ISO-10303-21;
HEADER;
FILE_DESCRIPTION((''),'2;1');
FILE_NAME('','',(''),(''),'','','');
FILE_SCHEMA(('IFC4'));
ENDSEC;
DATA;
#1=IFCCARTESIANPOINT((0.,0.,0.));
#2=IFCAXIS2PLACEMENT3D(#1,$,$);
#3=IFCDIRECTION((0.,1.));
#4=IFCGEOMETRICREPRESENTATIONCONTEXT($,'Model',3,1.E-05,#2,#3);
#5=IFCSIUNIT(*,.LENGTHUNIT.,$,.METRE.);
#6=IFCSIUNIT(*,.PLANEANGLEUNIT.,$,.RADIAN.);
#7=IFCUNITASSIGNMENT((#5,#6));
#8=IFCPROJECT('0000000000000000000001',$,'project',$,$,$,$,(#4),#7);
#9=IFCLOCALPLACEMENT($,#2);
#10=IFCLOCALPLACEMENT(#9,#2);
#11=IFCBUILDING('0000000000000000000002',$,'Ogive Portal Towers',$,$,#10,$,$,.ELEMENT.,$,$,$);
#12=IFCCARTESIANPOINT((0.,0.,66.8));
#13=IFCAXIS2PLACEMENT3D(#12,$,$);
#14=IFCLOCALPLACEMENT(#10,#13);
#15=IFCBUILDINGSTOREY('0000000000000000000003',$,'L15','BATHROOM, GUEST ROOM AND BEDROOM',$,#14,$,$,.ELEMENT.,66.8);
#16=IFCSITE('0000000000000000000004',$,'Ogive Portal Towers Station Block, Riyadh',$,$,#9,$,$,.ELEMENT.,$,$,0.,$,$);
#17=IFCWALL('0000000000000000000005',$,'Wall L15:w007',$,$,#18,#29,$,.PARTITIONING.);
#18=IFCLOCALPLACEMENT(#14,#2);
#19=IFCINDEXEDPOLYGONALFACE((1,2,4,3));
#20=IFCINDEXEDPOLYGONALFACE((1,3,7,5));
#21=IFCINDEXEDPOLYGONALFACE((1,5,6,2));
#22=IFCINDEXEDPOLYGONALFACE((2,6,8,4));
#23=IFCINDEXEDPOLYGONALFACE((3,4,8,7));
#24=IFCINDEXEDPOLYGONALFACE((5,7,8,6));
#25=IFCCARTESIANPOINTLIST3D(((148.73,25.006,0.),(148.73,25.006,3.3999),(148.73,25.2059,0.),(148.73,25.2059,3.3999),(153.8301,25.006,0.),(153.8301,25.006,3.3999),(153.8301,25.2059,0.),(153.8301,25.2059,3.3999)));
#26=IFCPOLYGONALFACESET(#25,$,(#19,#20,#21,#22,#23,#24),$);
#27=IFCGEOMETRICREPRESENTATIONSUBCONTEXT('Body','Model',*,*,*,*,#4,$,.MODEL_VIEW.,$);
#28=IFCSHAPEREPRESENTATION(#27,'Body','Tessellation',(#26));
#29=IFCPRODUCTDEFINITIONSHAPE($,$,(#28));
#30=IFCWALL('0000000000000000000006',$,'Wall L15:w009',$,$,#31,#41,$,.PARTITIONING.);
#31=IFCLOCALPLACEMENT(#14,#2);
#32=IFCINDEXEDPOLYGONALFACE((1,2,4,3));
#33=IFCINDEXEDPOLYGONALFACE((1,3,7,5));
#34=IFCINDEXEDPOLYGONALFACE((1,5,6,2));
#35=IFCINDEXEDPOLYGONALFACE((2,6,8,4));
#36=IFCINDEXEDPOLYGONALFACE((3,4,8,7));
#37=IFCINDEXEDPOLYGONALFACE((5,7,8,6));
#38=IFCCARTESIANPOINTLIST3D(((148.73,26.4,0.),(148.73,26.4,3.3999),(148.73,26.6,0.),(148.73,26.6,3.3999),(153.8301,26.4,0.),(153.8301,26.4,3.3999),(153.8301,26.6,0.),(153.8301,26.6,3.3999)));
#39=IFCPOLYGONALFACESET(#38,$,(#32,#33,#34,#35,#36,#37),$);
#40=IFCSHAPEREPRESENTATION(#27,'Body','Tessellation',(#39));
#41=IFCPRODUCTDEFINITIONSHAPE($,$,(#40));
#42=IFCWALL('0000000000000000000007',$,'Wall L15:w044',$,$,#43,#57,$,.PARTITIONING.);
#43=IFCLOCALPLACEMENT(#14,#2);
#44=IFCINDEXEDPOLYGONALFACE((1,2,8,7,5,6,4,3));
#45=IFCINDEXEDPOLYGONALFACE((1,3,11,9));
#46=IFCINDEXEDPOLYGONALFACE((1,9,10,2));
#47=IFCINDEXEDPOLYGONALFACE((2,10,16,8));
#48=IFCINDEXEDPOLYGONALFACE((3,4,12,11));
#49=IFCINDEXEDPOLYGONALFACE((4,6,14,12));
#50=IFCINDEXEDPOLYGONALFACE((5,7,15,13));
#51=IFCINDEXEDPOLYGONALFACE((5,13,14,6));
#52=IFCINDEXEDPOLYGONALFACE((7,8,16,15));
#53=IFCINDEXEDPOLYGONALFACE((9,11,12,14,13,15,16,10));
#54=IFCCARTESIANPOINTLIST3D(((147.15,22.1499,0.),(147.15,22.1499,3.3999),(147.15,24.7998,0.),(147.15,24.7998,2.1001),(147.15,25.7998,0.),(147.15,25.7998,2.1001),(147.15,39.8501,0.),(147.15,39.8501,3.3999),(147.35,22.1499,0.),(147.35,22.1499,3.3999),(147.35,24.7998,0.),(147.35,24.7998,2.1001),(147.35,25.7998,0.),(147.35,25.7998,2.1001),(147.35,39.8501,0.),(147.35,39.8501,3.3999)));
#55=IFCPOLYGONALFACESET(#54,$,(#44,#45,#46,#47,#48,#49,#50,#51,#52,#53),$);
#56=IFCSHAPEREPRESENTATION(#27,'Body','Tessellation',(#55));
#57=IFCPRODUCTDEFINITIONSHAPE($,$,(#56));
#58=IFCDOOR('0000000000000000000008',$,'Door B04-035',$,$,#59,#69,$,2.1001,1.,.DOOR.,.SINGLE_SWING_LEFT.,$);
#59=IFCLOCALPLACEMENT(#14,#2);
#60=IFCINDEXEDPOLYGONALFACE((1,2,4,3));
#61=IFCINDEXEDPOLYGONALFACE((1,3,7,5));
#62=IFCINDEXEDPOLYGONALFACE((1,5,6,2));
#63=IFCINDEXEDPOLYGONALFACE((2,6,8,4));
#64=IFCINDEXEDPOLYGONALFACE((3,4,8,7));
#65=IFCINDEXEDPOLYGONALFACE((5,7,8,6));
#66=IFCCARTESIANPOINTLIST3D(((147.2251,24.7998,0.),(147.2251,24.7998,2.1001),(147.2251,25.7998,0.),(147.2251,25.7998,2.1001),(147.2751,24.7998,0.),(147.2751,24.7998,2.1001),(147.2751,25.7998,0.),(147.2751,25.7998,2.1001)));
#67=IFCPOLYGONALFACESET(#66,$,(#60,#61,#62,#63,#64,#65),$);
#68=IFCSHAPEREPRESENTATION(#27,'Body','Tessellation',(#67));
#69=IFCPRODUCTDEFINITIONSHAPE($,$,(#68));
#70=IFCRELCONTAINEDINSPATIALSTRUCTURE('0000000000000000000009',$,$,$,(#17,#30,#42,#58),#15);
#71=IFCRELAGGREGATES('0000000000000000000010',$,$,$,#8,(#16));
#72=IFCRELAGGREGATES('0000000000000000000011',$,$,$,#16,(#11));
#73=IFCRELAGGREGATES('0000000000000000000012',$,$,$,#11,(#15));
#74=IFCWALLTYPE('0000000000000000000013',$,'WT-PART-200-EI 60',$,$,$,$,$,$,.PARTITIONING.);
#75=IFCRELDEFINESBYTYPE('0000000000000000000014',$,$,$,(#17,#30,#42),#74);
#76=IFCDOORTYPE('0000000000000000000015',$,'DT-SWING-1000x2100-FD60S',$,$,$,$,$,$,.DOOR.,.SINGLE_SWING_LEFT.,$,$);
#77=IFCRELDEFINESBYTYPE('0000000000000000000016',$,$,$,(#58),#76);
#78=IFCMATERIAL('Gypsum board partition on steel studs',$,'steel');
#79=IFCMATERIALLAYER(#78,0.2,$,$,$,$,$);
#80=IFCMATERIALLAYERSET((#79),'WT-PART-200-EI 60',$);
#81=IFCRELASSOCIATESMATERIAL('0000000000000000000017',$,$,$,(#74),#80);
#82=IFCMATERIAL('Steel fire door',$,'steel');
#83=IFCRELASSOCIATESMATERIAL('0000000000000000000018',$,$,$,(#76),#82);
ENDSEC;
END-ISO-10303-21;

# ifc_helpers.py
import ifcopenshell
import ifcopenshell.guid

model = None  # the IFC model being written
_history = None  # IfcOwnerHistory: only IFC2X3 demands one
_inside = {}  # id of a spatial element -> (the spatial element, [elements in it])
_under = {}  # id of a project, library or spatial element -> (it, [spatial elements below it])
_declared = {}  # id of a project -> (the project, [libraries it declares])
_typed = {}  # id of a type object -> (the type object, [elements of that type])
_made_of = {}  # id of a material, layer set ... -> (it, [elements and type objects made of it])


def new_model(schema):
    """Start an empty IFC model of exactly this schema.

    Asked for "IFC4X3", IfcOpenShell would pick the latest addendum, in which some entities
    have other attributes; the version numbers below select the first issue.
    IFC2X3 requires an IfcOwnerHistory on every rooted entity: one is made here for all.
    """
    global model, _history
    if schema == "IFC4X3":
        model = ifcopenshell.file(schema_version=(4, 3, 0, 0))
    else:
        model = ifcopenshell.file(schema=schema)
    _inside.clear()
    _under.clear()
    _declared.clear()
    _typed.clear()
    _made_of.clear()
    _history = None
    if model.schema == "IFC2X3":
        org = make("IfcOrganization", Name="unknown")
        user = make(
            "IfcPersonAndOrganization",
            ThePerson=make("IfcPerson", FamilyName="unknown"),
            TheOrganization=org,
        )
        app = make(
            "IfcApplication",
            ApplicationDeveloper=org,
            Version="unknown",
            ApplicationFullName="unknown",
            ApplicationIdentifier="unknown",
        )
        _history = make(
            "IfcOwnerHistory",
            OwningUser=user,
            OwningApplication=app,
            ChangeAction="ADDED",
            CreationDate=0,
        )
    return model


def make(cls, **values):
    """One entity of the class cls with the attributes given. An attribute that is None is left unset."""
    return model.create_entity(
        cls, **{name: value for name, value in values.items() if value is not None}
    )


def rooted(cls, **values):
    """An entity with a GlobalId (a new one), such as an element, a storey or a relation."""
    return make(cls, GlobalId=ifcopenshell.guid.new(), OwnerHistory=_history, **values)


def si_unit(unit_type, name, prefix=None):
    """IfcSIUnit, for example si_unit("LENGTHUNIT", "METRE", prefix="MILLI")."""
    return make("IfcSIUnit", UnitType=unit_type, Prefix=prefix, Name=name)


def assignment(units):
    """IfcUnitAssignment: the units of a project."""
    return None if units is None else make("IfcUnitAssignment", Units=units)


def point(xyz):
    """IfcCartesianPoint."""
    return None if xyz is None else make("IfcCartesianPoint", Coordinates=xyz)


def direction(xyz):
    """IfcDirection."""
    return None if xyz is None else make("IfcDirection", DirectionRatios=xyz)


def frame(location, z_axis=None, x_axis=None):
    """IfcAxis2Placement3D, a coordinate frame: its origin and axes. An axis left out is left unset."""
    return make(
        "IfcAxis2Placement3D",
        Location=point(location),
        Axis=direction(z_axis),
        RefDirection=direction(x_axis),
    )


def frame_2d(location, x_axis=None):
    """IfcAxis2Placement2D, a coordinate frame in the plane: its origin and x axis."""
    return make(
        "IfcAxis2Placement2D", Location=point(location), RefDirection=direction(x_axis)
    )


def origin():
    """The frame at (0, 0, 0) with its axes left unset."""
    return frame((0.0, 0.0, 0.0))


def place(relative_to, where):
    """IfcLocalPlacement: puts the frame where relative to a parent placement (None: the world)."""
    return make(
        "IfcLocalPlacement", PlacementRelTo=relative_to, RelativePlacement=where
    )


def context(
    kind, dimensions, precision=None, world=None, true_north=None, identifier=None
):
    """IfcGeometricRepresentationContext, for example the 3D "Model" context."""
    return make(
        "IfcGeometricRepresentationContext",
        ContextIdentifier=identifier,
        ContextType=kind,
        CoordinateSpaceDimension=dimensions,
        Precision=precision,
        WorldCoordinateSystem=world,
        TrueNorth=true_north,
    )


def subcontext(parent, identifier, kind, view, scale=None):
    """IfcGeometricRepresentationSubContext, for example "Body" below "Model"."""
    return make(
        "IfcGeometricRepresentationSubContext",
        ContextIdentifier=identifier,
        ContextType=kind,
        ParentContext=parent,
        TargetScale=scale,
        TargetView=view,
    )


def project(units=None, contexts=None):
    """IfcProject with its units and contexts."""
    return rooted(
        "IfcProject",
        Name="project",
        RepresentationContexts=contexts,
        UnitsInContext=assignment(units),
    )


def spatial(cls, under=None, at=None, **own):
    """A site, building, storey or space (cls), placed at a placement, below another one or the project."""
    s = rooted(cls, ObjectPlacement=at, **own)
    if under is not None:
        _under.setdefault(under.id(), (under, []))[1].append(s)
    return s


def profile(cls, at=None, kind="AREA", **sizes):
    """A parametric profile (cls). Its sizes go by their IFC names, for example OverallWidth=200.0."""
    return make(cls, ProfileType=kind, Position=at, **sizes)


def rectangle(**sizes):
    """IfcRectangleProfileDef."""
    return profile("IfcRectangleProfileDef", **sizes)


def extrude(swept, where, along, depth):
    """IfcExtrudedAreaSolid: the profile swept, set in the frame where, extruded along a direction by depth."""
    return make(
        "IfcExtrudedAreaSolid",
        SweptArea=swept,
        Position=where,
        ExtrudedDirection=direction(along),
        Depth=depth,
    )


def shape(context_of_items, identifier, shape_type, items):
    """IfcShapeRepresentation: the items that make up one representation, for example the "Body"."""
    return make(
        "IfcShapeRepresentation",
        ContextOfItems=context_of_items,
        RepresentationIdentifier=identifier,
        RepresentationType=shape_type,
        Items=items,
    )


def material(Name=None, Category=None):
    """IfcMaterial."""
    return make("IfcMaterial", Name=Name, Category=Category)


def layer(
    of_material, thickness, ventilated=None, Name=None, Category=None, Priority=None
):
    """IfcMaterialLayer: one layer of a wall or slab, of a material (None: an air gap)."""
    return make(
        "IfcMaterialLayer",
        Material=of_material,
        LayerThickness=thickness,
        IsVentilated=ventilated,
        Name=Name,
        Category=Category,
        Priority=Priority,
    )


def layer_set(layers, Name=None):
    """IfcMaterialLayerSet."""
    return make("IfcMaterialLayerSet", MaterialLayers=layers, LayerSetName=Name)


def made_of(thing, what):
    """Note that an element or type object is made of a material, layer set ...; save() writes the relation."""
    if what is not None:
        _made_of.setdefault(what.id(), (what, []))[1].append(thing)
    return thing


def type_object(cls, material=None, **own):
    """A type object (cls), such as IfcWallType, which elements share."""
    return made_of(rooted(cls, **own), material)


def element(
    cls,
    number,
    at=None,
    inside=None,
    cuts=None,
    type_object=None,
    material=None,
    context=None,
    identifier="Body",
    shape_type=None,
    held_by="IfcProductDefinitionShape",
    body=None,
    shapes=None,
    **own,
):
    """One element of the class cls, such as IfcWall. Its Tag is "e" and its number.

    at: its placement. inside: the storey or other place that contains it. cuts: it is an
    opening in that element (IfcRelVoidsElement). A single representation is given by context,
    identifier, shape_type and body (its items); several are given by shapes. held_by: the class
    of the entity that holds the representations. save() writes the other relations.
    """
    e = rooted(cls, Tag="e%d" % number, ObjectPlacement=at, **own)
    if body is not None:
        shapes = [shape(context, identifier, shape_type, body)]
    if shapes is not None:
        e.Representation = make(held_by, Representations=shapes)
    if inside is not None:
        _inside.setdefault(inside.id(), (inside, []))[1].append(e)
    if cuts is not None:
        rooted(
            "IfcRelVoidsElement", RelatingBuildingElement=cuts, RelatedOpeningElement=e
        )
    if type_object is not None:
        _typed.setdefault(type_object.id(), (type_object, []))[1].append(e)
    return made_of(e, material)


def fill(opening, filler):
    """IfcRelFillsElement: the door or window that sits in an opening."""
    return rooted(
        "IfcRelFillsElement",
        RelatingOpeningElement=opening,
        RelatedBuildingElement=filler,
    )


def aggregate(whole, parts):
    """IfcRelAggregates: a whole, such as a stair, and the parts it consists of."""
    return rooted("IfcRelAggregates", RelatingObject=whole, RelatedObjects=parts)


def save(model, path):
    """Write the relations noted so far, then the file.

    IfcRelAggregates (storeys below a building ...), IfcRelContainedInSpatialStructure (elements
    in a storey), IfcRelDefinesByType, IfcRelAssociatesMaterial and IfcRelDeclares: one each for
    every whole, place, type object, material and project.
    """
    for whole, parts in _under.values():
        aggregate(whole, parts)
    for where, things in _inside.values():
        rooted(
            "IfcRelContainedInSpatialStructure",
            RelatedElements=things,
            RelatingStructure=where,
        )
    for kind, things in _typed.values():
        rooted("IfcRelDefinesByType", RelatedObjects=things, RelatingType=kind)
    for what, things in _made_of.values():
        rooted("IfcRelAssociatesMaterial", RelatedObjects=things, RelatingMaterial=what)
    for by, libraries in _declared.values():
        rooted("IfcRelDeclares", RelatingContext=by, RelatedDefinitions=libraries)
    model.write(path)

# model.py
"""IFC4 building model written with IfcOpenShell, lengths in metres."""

from ifc_helpers import new_model, si_unit, direction, frame, frame_2d, origin, place, context, subcontext, project, spatial, rectangle, extrude, material, layer, layer_set, type_object, element, fill, save


model = new_model("IFC4")

# Units and contexts
model_context = context("Model", 3, precision=1e-05, world=origin(), true_north=direction((0.0, 1.0)))
body_context = subcontext(model_context, "Body", "Model", "MODEL_VIEW")
ifc_project = project(units=[si_unit("LENGTHUNIT", "METRE"), si_unit("PLANEANGLEUNIT", "RADIAN")], contexts=[model_context])

# Site, building, storey
site_placement = place(None, origin())
site = spatial("IfcSite", under=ifc_project, at=site_placement, Name="Ogive Portal Towers Station Block, Riyadh", CompositionType="ELEMENT", RefElevation=0.0)
building_placement = place(site_placement, origin())
building = spatial("IfcBuilding", under=site, at=building_placement, Name="Ogive Portal Towers", CompositionType="ELEMENT")
storey_placement = place(building_placement, frame((0.0, 0.0, 66.8)))
storey = spatial("IfcBuildingStorey", under=building, at=storey_placement, Name="L15", Description="BATHROOM, GUEST ROOM AND BEDROOM", CompositionType="ELEMENT", Elevation=66.8)

# Shared definitions
ifc_material_1 = material(Name="Gypsum board partition on steel studs", Category="steel")
ifc_layer_1 = layer(ifc_material_1, 0.2)
ifc_layer_set_1 = layer_set([ifc_layer_1], Name="WT-PART-200-EI 60")
wall_type_1 = type_object("IfcWallType", Name="WT-PART-200-EI 60", PredefinedType="PARTITIONING", material=ifc_layer_set_1)
ifc_material_2 = material(Name="Steel fire door", Category="steel")

# Walls
for number, where, z_axis, x_axis, name in (
    (1, (148.73, 25.106, 0.0), (0.0, 0.0, 1.0), (1.0, 0.0, 0.0), "Wall L15:w007"),
    (2, (148.73, 26.5, 0.0), (0.0, 0.0, 1.0), (1.0, 0.0, 0.0), "Wall L15:w009"),
):
    element("IfcWall", number, at=place(storey_placement, frame(where, z_axis=z_axis, x_axis=x_axis)), inside=storey, type_object=wall_type_1, Name=name, PredefinedType="PARTITIONING", context=body_context, shape_type="SweptSolid", body=[
        extrude(rectangle(XDim=5.1001, YDim=0.2, at=frame_2d((2.55, 0.0))), origin(), (0.0, 0.0, 1.0), 3.3999),
    ])

# Wall, opening, door
wall_1_placement = place(storey_placement, frame((147.25, 22.1499, 0.0), z_axis=(0.0, 0.0, 1.0), x_axis=(0.0, 1.0, 0.0)))
wall_1 = element("IfcWall", 3, at=wall_1_placement, inside=storey, type_object=wall_type_1, Name="Wall L15:w044", PredefinedType="PARTITIONING", context=body_context, shape_type="SweptSolid", body=[
    extrude(rectangle(XDim=17.7002, YDim=0.2, at=frame_2d((8.8501, 0.0))), origin(), (0.0, 0.0, 1.0), 3.3999),
])
opening_1_placement = place(wall_1_placement, frame((2.6499, 0.0, 0.0)))
opening_1 = element("IfcOpeningElement", 4, at=opening_1_placement, cuts=wall_1, PredefinedType="OPENING", context=body_context, shape_type="SweptSolid", body=[
    extrude(rectangle(XDim=1.0, YDim=2.1001, at=frame_2d((0.5, 1.05))), frame((0.0, 0.1099, 0.0), z_axis=(0.0, -1.0, 0.0), x_axis=(1.0, 0.0, 0.0)), (0.0, 0.0, 1.0), 0.22),
])
door_type_1 = type_object("IfcDoorType", Name="DT-SWING-1000x2100-FD60S", OperationType="SINGLE_SWING_LEFT", PredefinedType="DOOR", material=ifc_material_2)
door_1_placement = place(opening_1_placement, origin())
door_1 = element("IfcDoor", 5, at=door_1_placement, inside=storey, type_object=door_type_1, Name="Door B04-035", OperationType="SINGLE_SWING_LEFT", OverallHeight=2.1001, OverallWidth=1.0, PredefinedType="DOOR", context=body_context, shape_type="SweptSolid", body=[
    extrude(rectangle(XDim=1.0, YDim=2.1001, at=frame_2d((0.5, 1.05))), frame((0.0, 0.0249, 0.0), z_axis=(0.0, -1.0, 0.0), x_axis=(1.0, 0.0, 0.0)), (0.0, 0.0, 1.0), 0.05),
])
fill(opening_1, door_1)

save(model, "model.ifc")
